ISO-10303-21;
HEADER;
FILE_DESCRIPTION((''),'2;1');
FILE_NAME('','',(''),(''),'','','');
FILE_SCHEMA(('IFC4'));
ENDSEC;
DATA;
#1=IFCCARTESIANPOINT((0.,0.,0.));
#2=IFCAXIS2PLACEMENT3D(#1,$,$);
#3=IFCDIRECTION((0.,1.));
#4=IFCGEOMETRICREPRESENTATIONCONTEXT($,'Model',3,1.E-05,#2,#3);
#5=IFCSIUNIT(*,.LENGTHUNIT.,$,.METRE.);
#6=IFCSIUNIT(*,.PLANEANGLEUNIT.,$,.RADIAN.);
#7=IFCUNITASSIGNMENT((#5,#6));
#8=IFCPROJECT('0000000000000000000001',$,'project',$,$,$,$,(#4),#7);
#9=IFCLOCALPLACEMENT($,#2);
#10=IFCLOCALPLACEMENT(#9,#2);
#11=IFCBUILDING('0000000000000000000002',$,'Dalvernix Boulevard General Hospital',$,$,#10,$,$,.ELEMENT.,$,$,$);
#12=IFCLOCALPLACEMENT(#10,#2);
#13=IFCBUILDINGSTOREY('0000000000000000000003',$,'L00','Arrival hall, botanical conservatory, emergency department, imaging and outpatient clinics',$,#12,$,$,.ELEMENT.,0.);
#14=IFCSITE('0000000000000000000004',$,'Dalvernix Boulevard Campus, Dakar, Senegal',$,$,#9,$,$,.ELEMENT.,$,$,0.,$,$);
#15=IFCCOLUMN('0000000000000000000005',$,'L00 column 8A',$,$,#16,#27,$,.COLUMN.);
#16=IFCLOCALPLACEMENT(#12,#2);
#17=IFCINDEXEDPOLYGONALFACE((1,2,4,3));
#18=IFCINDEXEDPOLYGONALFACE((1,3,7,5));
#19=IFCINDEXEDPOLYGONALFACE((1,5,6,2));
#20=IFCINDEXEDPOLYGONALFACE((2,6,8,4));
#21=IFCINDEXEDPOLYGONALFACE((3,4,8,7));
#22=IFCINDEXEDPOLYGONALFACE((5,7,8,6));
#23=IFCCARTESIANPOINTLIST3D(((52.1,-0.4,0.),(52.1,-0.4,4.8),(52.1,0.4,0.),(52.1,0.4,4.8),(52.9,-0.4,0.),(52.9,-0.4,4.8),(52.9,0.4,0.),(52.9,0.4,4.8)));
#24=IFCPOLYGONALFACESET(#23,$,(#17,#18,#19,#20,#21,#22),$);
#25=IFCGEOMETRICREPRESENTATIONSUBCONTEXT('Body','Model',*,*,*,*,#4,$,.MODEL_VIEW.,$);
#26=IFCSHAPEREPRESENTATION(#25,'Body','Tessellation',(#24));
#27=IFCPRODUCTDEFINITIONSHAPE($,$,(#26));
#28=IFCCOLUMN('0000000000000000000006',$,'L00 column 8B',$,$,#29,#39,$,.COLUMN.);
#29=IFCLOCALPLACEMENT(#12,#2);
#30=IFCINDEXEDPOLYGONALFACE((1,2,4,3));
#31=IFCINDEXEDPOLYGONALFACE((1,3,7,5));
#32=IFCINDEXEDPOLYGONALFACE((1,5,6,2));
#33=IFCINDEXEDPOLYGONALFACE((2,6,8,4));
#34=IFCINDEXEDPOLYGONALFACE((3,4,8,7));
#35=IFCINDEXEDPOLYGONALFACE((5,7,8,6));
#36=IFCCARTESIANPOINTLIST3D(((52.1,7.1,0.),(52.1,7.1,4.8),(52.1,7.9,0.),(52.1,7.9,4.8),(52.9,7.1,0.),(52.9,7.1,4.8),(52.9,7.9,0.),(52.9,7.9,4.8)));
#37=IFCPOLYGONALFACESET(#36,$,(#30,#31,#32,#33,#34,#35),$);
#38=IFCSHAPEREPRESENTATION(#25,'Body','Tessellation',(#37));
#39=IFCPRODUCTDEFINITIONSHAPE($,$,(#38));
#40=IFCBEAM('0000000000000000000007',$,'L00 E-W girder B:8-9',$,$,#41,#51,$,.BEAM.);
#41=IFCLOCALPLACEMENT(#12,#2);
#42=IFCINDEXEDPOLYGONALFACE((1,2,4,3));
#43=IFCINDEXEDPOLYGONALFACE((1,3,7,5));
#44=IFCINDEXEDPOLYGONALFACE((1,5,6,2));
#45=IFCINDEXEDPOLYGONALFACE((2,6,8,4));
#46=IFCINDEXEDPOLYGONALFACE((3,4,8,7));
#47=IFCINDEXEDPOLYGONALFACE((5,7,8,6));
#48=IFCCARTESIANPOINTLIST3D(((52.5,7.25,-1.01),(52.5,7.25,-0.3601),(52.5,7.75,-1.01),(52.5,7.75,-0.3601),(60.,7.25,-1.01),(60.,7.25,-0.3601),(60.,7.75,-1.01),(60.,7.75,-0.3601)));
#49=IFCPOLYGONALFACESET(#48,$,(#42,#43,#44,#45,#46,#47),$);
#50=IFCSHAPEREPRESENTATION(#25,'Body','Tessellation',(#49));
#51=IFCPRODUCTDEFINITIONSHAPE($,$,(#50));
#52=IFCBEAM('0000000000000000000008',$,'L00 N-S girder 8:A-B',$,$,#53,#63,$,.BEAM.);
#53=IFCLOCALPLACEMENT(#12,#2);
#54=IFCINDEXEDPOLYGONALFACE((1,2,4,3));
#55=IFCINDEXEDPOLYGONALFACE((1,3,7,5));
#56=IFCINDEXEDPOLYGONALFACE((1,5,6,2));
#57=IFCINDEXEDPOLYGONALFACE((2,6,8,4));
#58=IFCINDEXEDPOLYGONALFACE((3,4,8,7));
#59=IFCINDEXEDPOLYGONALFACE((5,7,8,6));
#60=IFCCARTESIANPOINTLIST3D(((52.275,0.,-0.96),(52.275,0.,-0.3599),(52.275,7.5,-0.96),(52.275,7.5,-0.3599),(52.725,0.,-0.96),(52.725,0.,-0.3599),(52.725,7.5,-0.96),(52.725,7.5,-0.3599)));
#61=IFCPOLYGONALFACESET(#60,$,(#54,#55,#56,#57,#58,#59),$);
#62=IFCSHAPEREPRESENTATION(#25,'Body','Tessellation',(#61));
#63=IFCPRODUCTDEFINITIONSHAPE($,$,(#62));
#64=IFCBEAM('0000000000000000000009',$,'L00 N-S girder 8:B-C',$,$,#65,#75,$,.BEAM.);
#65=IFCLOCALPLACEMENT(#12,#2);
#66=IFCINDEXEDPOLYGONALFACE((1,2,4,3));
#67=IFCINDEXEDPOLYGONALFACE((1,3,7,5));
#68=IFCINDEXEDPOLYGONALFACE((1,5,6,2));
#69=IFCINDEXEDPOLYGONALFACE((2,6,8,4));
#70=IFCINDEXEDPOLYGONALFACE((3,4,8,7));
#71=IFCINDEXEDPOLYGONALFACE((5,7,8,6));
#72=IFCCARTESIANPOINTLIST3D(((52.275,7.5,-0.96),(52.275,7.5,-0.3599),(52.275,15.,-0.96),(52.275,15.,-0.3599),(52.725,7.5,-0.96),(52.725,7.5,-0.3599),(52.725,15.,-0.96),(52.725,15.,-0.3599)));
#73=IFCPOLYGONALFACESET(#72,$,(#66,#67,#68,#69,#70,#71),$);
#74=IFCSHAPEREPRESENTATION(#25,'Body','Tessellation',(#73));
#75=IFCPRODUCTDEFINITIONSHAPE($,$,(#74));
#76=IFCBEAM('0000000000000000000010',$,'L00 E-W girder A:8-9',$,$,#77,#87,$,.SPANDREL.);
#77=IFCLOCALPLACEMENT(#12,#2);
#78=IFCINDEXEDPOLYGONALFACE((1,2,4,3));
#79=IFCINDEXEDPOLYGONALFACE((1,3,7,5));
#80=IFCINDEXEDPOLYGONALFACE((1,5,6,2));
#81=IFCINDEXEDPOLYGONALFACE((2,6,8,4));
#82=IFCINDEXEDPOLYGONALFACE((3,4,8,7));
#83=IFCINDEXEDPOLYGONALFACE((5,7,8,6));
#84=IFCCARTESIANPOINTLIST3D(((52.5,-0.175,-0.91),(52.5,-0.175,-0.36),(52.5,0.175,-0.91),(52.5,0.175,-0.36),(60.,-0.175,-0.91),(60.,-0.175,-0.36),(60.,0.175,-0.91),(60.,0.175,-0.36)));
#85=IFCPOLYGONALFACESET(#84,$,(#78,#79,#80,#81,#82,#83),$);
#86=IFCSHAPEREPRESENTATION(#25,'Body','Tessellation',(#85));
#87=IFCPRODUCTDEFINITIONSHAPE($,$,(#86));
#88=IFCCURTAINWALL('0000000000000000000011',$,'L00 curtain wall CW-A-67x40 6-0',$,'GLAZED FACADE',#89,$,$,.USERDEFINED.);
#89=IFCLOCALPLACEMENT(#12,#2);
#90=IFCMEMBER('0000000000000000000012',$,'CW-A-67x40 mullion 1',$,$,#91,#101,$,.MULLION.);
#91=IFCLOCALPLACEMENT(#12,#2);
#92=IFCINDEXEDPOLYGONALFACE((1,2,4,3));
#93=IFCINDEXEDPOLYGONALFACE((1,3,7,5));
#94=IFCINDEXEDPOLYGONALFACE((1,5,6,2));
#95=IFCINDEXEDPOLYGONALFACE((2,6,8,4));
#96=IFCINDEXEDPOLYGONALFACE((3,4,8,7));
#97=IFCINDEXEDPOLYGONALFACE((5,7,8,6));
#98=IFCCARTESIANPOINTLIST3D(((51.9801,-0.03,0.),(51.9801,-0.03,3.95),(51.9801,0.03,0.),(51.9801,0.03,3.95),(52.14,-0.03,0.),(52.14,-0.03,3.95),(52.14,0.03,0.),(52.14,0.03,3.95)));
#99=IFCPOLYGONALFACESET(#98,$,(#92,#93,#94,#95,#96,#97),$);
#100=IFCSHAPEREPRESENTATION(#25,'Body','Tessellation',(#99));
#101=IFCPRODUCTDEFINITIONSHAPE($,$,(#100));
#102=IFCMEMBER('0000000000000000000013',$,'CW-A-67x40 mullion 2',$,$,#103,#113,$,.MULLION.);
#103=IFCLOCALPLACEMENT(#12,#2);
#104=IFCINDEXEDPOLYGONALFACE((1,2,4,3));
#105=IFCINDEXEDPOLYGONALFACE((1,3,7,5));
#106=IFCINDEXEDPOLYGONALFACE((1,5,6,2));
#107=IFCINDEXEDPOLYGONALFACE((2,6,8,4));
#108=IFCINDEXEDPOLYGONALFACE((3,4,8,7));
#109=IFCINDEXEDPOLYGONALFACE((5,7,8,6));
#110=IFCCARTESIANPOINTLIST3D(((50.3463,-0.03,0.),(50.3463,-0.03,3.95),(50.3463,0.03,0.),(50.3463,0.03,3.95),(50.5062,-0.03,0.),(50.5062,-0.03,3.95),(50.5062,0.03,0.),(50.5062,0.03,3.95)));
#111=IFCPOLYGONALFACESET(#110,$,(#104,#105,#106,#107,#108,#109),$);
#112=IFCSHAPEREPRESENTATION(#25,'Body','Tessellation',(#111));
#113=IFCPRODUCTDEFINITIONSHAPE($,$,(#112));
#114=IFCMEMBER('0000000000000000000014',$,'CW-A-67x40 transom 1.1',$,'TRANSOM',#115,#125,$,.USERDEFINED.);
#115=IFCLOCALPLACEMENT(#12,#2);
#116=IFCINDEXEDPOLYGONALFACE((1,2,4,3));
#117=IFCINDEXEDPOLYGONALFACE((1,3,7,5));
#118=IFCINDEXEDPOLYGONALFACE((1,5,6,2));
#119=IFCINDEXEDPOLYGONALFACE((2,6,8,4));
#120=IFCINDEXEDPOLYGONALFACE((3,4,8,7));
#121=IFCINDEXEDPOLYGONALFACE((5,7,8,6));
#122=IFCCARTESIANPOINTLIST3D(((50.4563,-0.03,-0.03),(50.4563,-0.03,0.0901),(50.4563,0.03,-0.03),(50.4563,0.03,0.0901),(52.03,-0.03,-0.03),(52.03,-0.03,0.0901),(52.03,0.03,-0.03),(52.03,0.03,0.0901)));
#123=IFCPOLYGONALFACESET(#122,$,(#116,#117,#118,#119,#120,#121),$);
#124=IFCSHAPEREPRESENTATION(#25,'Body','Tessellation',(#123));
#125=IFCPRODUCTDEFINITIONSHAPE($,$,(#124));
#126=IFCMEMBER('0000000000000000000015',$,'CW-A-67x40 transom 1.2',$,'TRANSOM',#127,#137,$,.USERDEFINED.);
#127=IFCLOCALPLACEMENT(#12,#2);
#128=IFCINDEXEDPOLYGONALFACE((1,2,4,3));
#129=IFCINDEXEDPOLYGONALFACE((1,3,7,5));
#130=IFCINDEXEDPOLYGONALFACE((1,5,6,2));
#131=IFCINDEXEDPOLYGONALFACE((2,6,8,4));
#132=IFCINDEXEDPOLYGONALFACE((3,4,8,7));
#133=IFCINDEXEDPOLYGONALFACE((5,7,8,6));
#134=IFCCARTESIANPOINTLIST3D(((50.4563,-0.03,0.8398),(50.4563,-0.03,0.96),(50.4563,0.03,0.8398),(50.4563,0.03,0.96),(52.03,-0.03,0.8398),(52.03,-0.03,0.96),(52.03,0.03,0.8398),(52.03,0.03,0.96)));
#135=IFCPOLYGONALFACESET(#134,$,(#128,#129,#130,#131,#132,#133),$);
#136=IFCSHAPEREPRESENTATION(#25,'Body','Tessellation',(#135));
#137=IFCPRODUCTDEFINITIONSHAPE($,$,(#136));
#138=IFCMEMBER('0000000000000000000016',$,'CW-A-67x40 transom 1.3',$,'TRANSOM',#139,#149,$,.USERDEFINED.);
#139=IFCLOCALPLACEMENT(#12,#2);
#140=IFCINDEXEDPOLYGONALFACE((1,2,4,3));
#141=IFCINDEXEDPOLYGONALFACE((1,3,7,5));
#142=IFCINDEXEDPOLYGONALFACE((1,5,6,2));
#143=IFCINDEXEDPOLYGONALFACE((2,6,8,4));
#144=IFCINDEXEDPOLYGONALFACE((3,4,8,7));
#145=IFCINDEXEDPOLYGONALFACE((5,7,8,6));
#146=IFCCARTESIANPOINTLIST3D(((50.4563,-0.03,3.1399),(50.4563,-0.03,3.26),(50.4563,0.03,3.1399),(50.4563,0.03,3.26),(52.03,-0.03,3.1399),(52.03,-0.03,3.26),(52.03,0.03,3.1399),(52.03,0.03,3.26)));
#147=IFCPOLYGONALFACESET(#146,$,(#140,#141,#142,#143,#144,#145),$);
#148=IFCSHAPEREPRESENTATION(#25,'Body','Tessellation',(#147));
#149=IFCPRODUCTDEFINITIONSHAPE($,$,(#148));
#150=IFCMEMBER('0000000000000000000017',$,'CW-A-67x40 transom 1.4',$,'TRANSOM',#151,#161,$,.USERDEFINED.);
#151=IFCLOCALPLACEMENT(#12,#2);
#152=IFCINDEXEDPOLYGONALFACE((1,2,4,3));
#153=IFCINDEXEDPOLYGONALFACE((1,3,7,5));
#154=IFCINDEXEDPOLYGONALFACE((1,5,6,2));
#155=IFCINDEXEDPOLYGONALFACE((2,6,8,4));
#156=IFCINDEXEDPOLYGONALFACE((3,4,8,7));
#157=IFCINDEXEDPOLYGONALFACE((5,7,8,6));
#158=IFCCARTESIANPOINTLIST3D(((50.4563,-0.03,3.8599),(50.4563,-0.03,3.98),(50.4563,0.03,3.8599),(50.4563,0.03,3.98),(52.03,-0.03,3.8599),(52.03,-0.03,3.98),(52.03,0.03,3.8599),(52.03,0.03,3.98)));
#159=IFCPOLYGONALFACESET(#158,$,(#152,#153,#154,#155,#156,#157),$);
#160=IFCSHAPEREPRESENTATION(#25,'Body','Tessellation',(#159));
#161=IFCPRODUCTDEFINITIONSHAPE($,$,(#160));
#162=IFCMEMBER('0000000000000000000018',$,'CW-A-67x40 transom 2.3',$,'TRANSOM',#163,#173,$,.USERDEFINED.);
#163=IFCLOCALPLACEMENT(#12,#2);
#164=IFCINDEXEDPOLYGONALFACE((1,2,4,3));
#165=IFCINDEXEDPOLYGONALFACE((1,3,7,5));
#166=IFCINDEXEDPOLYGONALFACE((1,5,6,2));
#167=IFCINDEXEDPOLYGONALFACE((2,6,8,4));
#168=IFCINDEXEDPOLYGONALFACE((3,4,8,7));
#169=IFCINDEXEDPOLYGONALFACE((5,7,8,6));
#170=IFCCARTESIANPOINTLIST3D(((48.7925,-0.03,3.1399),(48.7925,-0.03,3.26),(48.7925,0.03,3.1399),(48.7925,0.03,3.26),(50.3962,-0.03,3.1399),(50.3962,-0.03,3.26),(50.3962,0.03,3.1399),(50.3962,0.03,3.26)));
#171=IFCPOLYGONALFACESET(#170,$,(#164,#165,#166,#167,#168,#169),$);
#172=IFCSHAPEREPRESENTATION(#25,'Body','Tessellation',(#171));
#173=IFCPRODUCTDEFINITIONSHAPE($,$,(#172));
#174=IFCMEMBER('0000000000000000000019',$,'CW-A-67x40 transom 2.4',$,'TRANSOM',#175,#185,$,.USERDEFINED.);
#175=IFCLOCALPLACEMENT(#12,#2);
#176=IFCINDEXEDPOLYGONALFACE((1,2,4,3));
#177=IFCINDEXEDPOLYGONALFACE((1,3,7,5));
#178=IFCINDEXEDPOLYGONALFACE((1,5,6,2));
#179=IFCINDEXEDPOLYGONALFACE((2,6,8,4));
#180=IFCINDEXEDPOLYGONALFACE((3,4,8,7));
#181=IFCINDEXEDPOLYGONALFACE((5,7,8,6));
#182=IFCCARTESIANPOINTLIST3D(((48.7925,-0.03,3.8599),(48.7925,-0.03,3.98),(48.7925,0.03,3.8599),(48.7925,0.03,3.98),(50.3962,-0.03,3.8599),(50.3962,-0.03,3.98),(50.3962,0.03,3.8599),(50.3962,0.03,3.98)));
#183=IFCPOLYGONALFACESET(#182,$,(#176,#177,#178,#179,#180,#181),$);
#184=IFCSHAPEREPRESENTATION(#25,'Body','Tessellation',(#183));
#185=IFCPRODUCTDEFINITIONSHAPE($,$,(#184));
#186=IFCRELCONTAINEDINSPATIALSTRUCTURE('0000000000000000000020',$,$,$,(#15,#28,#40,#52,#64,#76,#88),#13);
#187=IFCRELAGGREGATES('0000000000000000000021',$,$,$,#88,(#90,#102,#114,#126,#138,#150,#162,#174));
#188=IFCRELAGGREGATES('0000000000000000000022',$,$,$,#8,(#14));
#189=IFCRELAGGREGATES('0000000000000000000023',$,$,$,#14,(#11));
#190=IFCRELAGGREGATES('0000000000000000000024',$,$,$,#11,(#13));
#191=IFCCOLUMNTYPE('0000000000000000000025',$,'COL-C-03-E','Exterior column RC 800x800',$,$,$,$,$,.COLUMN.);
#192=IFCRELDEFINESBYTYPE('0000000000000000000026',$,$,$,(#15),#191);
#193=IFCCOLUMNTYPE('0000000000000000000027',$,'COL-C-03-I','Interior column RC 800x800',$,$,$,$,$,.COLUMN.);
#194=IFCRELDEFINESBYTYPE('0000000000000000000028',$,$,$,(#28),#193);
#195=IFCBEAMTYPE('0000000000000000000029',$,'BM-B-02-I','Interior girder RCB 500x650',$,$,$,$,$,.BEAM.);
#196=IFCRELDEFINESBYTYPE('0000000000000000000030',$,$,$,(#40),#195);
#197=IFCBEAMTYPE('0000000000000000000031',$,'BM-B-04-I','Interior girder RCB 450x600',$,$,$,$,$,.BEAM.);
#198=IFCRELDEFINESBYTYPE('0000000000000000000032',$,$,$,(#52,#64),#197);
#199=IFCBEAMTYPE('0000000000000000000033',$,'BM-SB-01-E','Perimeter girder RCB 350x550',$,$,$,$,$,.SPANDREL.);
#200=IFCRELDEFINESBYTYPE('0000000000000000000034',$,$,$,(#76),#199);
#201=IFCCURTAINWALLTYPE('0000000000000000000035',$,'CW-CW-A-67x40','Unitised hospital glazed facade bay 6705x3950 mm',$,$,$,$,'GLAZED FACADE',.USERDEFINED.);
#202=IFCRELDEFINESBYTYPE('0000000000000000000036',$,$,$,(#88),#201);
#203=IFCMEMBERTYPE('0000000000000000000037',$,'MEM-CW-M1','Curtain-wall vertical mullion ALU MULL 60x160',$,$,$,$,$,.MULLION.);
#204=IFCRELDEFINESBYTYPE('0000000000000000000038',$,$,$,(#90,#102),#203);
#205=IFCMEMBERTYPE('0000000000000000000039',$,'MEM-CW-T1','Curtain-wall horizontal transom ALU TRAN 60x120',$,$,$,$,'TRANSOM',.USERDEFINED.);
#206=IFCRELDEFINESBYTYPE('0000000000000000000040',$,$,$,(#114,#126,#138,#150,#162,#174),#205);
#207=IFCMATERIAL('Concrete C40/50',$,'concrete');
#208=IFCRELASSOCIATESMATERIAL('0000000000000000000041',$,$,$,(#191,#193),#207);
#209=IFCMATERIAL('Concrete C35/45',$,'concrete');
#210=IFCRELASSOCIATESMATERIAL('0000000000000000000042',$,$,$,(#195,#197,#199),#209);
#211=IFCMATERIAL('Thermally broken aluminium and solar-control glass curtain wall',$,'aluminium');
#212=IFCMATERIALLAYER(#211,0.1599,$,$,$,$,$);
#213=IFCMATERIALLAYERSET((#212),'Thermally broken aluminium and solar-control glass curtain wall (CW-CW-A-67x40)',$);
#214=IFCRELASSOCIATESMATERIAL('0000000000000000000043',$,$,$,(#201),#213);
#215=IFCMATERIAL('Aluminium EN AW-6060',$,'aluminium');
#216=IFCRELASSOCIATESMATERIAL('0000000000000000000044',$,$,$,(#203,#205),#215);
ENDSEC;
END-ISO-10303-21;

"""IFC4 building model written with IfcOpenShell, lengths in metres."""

from ifc_helpers import new_model, si_unit, direction, frame, origin, origin_2d, place, context, subcontext, project, spatial, rectangle, extrude, material, layer, layer_set, material_profile, profile_set, type_object, element, aggregate, save


model = new_model("IFC4")

# Units and contexts
model_context = context("Model", 3, precision=1e-05, world=origin(), true_north=direction((0.0, 1.0)))
body_context = subcontext(model_context, "Body", "Model", "MODEL_VIEW")
ifc_project = project(units=[si_unit("LENGTHUNIT", "METRE"), si_unit("PLANEANGLEUNIT", "RADIAN")], contexts=[model_context])

# Site, building, storey
site_placement = place(None, origin())
site = spatial("IfcSite", under=ifc_project, at=site_placement, Name="Dalvernix Boulevard Campus, Dakar, Senegal", CompositionType="ELEMENT", RefElevation=0.0)
building_placement = place(site_placement, origin())
building = spatial("IfcBuilding", under=site, at=building_placement, Name="Dalvernix Boulevard General Hospital", CompositionType="ELEMENT")
storey_placement = place(building_placement, origin())
storey = spatial("IfcBuildingStorey", under=building, at=storey_placement, Name="L00", Description="Arrival hall, botanical conservatory, emergency department, imaging and outpatient clinics", CompositionType="ELEMENT", Elevation=0.0)

# Columns
ifc_material_1 = material(Name="Concrete C40/50", Category="concrete")
ifc_material_profile_1 = material_profile(ifc_material_1, rectangle(XDim=0.8, YDim=0.8, at=origin_2d()), Name="RC 800x800")
ifc_profile_set_1 = profile_set([ifc_material_profile_1], Name="Concrete C40/50")
column_type_1 = type_object("IfcColumnType", Name="COL-C-03-E", Description="Exterior column RC 800x800", PredefinedType="COLUMN", material=ifc_profile_set_1)
column_1_placement = place(storey_placement, frame((52.5, 0.0, 0.0), z_axis=(0.0, 0.0, 1.0), x_axis=(1.0, 0.0, 0.0)))
element("IfcColumn", 1, at=column_1_placement, inside=storey, type_object=column_type_1, Name="L00 column 8A", PredefinedType="COLUMN", context=body_context, shape_type="SweptSolid", body=[
    extrude(rectangle(XDim=0.8, YDim=0.8, at=origin_2d()), origin(), (0.0, 0.0, 1.0), 4.8),
])
ifc_material_profile_2 = material_profile(ifc_material_1, rectangle(XDim=0.8, YDim=0.8, at=origin_2d()), Name="RC 800x800")
ifc_profile_set_2 = profile_set([ifc_material_profile_2], Name="Concrete C40/50")
column_type_2 = type_object("IfcColumnType", Name="COL-C-03-I", Description="Interior column RC 800x800", PredefinedType="COLUMN", material=ifc_profile_set_2)
column_2_placement = place(storey_placement, frame((52.5, 7.5, 0.0), z_axis=(0.0, 0.0, 1.0), x_axis=(1.0, 0.0, 0.0)))
element("IfcColumn", 2, at=column_2_placement, inside=storey, type_object=column_type_2, Name="L00 column 8B", PredefinedType="COLUMN", context=body_context, shape_type="SweptSolid", body=[
    extrude(rectangle(XDim=0.8, YDim=0.8, at=origin_2d()), origin(), (0.0, 0.0, 1.0), 4.8),
])

# Beams
ifc_material_2 = material(Name="Concrete C35/45", Category="concrete")
ifc_material_profile_3 = material_profile(ifc_material_2, rectangle(XDim=0.5, YDim=0.6499, at=origin_2d()), Name="RCB 500x650")
ifc_profile_set_3 = profile_set([ifc_material_profile_3], Name="Concrete C35/45")
beam_type_1 = type_object("IfcBeamType", Name="BM-B-02-I", Description="Interior girder RCB 500x650", PredefinedType="BEAM", material=ifc_profile_set_3)
beam_1_placement = place(storey_placement, frame((52.5, 7.5, -0.6851), z_axis=(1.0, 0.0, 0.0), x_axis=(0.0, 1.0, 0.0)))
element("IfcBeam", 3, at=beam_1_placement, inside=storey, type_object=beam_type_1, Name="L00 E-W girder B:8-9", PredefinedType="BEAM", context=body_context, shape_type="SweptSolid", body=[
    extrude(rectangle(XDim=0.5, YDim=0.6499, at=origin_2d()), origin(), (0.0, 0.0, 1.0), 7.5),
])
ifc_material_profile_4 = material_profile(ifc_material_2, rectangle(XDim=0.45, YDim=0.6001, at=origin_2d()), Name="RCB 450x600")
ifc_profile_set_4 = profile_set([ifc_material_profile_4], Name="Concrete C35/45")
beam_type_2 = type_object("IfcBeamType", Name="BM-B-04-I", Description="Interior girder RCB 450x600", PredefinedType="BEAM", material=ifc_profile_set_4)
for number, where, z_axis, x_axis, name in (
    (4, (52.5, 0.0, -0.6599), (0.0, 1.0, 0.0), (-1.0, 0.0, 0.0), "L00 N-S girder 8:A-B"),
    (5, (52.5, 7.5, -0.6599), (0.0, 1.0, 0.0), (-1.0, 0.0, 0.0), "L00 N-S girder 8:B-C"),
):
    element("IfcBeam", number, at=place(storey_placement, frame(where, z_axis=z_axis, x_axis=x_axis)), inside=storey, type_object=beam_type_2, Name=name, PredefinedType="BEAM", context=body_context, shape_type="SweptSolid", body=[
        extrude(rectangle(XDim=0.45, YDim=0.6001, at=origin_2d()), origin(), (0.0, 0.0, 1.0), 7.5),
    ])
ifc_material_profile_5 = material_profile(ifc_material_2, rectangle(XDim=0.3501, YDim=0.55, at=origin_2d()), Name="RCB 350x550")
ifc_profile_set_5 = profile_set([ifc_material_profile_5], Name="Concrete C35/45")
beam_type_3 = type_object("IfcBeamType", Name="BM-SB-01-E", Description="Perimeter girder RCB 350x550", PredefinedType="SPANDREL", material=ifc_profile_set_5)
beam_2_placement = place(storey_placement, frame((52.5, 0.0, -0.635), z_axis=(1.0, 0.0, 0.0), x_axis=(0.0, 1.0, 0.0)))
element("IfcBeam", 6, at=beam_2_placement, inside=storey, type_object=beam_type_3, Name="L00 E-W girder A:8-9", PredefinedType="SPANDREL", context=body_context, shape_type="SweptSolid", body=[
    extrude(rectangle(XDim=0.3501, YDim=0.55, at=origin_2d()), origin(), (0.0, 0.0, 1.0), 7.5),
])

# Curtain wall, members
ifc_material_3 = material(Name="Thermally broken aluminium and solar-control glass curtain wall", Category="aluminium")
ifc_layer_1 = layer(ifc_material_3, 0.1599)
ifc_layer_set_1 = layer_set([ifc_layer_1], Name="Thermally broken aluminium and solar-control glass curtain wall (CW-CW-A-67x40)")
curtain_wall_type = type_object("IfcCurtainWallType", Name="CW-CW-A-67x40", Description="Unitised hospital glazed facade bay 6705x3950 mm", ElementType="GLAZED FACADE", PredefinedType="USERDEFINED", material=ifc_layer_set_1)
curtain_wall_placement = place(storey_placement, origin())
curtain_wall = element("IfcCurtainWall", 7, at=curtain_wall_placement, inside=storey, type_object=curtain_wall_type, Name="L00 curtain wall CW-A-67x40 6-0", ObjectType="GLAZED FACADE", PredefinedType="USERDEFINED")
ifc_material_4 = material(Name="Aluminium EN AW-6060", Category="aluminium")
ifc_material_profile_6 = material_profile(ifc_material_4, rectangle(XDim=0.0601, YDim=0.1599, at=origin_2d()), Name="ALU MULL 60x160")
ifc_profile_set_6 = profile_set([ifc_material_profile_6], Name="Aluminium EN AW-6060")
member_type_1 = type_object("IfcMemberType", Name="MEM-CW-M1", Description="Curtain-wall vertical mullion ALU MULL 60x160", PredefinedType="MULLION", material=ifc_profile_set_6)
member_1_placement = place(storey_placement, frame((52.0601, 0.0, 0.0), z_axis=(0.0, 0.0, 1.0), x_axis=(0.0, -1.0, 0.0)))
member_1 = element("IfcMember", 8, at=member_1_placement, type_object=member_type_1, Name="CW-A-67x40 mullion 1", PredefinedType="MULLION", context=body_context, shape_type="SweptSolid", body=[
    extrude(rectangle(XDim=0.0601, YDim=0.1599, at=origin_2d()), origin(), (0.0, 0.0, 1.0), 3.95),
])
member_2_placement = place(storey_placement, frame((50.4263, 0.0, 0.0), z_axis=(0.0, 0.0, 1.0), x_axis=(0.0, -1.0, 0.0)))
member_2 = element("IfcMember", 9, at=member_2_placement, type_object=member_type_1, Name="CW-A-67x40 mullion 2", PredefinedType="MULLION", context=body_context, shape_type="SweptSolid", body=[
    extrude(rectangle(XDim=0.0601, YDim=0.1599, at=origin_2d()), origin(), (0.0, 0.0, 1.0), 3.95),
])
ifc_material_profile_7 = material_profile(ifc_material_4, rectangle(XDim=0.0601, YDim=0.1201, at=origin_2d()), Name="ALU TRAN 60x120")
ifc_profile_set_7 = profile_set([ifc_material_profile_7], Name="Aluminium EN AW-6060")
member_type_2 = type_object("IfcMemberType", Name="MEM-CW-T1", Description="Curtain-wall horizontal transom ALU TRAN 60x120", ElementType="TRANSOM", PredefinedType="USERDEFINED", material=ifc_profile_set_7)
member_3_placement = place(storey_placement, frame((52.03, 0.0, 0.03), z_axis=(-1.0, 0.0, 0.0), x_axis=(0.0, -1.0, 0.0)))
member_3 = element("IfcMember", 10, at=member_3_placement, type_object=member_type_2, Name="CW-A-67x40 transom 1.1", ObjectType="TRANSOM", PredefinedType="USERDEFINED", context=body_context, shape_type="SweptSolid", body=[
    extrude(rectangle(XDim=0.0601, YDim=0.1201, at=origin_2d()), origin(), (0.0, 0.0, 1.0), 1.5737),
])
member_4_placement = place(storey_placement, frame((52.03, 0.0, 0.8999), z_axis=(-1.0, 0.0, 0.0), x_axis=(0.0, -1.0, 0.0)))
member_4 = element("IfcMember", 11, at=member_4_placement, type_object=member_type_2, Name="CW-A-67x40 transom 1.2", ObjectType="TRANSOM", PredefinedType="USERDEFINED", context=body_context, shape_type="SweptSolid", body=[
    extrude(rectangle(XDim=0.0601, YDim=0.1201, at=origin_2d()), origin(), (0.0, 0.0, 1.0), 1.5737),
])
member_5_placement = place(storey_placement, frame((52.03, 0.0, 3.2), z_axis=(-1.0, 0.0, 0.0), x_axis=(0.0, -1.0, 0.0)))
member_5 = element("IfcMember", 12, at=member_5_placement, type_object=member_type_2, Name="CW-A-67x40 transom 1.3", ObjectType="TRANSOM", PredefinedType="USERDEFINED", context=body_context, shape_type="SweptSolid", body=[
    extrude(rectangle(XDim=0.0601, YDim=0.1201, at=origin_2d()), origin(), (0.0, 0.0, 1.0), 1.5737),
])
member_6_placement = place(storey_placement, frame((52.03, 0.0, 3.9199), z_axis=(-1.0, 0.0, 0.0), x_axis=(0.0, -1.0, 0.0)))
member_6 = element("IfcMember", 13, at=member_6_placement, type_object=member_type_2, Name="CW-A-67x40 transom 1.4", ObjectType="TRANSOM", PredefinedType="USERDEFINED", context=body_context, shape_type="SweptSolid", body=[
    extrude(rectangle(XDim=0.0601, YDim=0.1201, at=origin_2d()), origin(), (0.0, 0.0, 1.0), 1.5737),
])
member_7_placement = place(storey_placement, frame((50.3962, 0.0, 3.2), z_axis=(-1.0, 0.0, 0.0), x_axis=(0.0, -1.0, 0.0)))
member_7 = element("IfcMember", 14, at=member_7_placement, type_object=member_type_2, Name="CW-A-67x40 transom 2.3", ObjectType="TRANSOM", PredefinedType="USERDEFINED", context=body_context, shape_type="SweptSolid", body=[
    extrude(rectangle(XDim=0.0601, YDim=0.1201, at=origin_2d()), origin(), (0.0, 0.0, 1.0), 1.6038),
])
member_8_placement = place(storey_placement, frame((50.3962, 0.0, 3.9199), z_axis=(-1.0, 0.0, 0.0), x_axis=(0.0, -1.0, 0.0)))
member_8 = element("IfcMember", 15, at=member_8_placement, type_object=member_type_2, Name="CW-A-67x40 transom 2.4", ObjectType="TRANSOM", PredefinedType="USERDEFINED", context=body_context, shape_type="SweptSolid", body=[
    extrude(rectangle(XDim=0.0601, YDim=0.1201, at=origin_2d()), origin(), (0.0, 0.0, 1.0), 1.6038),
])
aggregate(curtain_wall, [member_1, member_2, member_3, member_4, member_5, member_6, member_7, member_8])

save(model, "model.ifc")
